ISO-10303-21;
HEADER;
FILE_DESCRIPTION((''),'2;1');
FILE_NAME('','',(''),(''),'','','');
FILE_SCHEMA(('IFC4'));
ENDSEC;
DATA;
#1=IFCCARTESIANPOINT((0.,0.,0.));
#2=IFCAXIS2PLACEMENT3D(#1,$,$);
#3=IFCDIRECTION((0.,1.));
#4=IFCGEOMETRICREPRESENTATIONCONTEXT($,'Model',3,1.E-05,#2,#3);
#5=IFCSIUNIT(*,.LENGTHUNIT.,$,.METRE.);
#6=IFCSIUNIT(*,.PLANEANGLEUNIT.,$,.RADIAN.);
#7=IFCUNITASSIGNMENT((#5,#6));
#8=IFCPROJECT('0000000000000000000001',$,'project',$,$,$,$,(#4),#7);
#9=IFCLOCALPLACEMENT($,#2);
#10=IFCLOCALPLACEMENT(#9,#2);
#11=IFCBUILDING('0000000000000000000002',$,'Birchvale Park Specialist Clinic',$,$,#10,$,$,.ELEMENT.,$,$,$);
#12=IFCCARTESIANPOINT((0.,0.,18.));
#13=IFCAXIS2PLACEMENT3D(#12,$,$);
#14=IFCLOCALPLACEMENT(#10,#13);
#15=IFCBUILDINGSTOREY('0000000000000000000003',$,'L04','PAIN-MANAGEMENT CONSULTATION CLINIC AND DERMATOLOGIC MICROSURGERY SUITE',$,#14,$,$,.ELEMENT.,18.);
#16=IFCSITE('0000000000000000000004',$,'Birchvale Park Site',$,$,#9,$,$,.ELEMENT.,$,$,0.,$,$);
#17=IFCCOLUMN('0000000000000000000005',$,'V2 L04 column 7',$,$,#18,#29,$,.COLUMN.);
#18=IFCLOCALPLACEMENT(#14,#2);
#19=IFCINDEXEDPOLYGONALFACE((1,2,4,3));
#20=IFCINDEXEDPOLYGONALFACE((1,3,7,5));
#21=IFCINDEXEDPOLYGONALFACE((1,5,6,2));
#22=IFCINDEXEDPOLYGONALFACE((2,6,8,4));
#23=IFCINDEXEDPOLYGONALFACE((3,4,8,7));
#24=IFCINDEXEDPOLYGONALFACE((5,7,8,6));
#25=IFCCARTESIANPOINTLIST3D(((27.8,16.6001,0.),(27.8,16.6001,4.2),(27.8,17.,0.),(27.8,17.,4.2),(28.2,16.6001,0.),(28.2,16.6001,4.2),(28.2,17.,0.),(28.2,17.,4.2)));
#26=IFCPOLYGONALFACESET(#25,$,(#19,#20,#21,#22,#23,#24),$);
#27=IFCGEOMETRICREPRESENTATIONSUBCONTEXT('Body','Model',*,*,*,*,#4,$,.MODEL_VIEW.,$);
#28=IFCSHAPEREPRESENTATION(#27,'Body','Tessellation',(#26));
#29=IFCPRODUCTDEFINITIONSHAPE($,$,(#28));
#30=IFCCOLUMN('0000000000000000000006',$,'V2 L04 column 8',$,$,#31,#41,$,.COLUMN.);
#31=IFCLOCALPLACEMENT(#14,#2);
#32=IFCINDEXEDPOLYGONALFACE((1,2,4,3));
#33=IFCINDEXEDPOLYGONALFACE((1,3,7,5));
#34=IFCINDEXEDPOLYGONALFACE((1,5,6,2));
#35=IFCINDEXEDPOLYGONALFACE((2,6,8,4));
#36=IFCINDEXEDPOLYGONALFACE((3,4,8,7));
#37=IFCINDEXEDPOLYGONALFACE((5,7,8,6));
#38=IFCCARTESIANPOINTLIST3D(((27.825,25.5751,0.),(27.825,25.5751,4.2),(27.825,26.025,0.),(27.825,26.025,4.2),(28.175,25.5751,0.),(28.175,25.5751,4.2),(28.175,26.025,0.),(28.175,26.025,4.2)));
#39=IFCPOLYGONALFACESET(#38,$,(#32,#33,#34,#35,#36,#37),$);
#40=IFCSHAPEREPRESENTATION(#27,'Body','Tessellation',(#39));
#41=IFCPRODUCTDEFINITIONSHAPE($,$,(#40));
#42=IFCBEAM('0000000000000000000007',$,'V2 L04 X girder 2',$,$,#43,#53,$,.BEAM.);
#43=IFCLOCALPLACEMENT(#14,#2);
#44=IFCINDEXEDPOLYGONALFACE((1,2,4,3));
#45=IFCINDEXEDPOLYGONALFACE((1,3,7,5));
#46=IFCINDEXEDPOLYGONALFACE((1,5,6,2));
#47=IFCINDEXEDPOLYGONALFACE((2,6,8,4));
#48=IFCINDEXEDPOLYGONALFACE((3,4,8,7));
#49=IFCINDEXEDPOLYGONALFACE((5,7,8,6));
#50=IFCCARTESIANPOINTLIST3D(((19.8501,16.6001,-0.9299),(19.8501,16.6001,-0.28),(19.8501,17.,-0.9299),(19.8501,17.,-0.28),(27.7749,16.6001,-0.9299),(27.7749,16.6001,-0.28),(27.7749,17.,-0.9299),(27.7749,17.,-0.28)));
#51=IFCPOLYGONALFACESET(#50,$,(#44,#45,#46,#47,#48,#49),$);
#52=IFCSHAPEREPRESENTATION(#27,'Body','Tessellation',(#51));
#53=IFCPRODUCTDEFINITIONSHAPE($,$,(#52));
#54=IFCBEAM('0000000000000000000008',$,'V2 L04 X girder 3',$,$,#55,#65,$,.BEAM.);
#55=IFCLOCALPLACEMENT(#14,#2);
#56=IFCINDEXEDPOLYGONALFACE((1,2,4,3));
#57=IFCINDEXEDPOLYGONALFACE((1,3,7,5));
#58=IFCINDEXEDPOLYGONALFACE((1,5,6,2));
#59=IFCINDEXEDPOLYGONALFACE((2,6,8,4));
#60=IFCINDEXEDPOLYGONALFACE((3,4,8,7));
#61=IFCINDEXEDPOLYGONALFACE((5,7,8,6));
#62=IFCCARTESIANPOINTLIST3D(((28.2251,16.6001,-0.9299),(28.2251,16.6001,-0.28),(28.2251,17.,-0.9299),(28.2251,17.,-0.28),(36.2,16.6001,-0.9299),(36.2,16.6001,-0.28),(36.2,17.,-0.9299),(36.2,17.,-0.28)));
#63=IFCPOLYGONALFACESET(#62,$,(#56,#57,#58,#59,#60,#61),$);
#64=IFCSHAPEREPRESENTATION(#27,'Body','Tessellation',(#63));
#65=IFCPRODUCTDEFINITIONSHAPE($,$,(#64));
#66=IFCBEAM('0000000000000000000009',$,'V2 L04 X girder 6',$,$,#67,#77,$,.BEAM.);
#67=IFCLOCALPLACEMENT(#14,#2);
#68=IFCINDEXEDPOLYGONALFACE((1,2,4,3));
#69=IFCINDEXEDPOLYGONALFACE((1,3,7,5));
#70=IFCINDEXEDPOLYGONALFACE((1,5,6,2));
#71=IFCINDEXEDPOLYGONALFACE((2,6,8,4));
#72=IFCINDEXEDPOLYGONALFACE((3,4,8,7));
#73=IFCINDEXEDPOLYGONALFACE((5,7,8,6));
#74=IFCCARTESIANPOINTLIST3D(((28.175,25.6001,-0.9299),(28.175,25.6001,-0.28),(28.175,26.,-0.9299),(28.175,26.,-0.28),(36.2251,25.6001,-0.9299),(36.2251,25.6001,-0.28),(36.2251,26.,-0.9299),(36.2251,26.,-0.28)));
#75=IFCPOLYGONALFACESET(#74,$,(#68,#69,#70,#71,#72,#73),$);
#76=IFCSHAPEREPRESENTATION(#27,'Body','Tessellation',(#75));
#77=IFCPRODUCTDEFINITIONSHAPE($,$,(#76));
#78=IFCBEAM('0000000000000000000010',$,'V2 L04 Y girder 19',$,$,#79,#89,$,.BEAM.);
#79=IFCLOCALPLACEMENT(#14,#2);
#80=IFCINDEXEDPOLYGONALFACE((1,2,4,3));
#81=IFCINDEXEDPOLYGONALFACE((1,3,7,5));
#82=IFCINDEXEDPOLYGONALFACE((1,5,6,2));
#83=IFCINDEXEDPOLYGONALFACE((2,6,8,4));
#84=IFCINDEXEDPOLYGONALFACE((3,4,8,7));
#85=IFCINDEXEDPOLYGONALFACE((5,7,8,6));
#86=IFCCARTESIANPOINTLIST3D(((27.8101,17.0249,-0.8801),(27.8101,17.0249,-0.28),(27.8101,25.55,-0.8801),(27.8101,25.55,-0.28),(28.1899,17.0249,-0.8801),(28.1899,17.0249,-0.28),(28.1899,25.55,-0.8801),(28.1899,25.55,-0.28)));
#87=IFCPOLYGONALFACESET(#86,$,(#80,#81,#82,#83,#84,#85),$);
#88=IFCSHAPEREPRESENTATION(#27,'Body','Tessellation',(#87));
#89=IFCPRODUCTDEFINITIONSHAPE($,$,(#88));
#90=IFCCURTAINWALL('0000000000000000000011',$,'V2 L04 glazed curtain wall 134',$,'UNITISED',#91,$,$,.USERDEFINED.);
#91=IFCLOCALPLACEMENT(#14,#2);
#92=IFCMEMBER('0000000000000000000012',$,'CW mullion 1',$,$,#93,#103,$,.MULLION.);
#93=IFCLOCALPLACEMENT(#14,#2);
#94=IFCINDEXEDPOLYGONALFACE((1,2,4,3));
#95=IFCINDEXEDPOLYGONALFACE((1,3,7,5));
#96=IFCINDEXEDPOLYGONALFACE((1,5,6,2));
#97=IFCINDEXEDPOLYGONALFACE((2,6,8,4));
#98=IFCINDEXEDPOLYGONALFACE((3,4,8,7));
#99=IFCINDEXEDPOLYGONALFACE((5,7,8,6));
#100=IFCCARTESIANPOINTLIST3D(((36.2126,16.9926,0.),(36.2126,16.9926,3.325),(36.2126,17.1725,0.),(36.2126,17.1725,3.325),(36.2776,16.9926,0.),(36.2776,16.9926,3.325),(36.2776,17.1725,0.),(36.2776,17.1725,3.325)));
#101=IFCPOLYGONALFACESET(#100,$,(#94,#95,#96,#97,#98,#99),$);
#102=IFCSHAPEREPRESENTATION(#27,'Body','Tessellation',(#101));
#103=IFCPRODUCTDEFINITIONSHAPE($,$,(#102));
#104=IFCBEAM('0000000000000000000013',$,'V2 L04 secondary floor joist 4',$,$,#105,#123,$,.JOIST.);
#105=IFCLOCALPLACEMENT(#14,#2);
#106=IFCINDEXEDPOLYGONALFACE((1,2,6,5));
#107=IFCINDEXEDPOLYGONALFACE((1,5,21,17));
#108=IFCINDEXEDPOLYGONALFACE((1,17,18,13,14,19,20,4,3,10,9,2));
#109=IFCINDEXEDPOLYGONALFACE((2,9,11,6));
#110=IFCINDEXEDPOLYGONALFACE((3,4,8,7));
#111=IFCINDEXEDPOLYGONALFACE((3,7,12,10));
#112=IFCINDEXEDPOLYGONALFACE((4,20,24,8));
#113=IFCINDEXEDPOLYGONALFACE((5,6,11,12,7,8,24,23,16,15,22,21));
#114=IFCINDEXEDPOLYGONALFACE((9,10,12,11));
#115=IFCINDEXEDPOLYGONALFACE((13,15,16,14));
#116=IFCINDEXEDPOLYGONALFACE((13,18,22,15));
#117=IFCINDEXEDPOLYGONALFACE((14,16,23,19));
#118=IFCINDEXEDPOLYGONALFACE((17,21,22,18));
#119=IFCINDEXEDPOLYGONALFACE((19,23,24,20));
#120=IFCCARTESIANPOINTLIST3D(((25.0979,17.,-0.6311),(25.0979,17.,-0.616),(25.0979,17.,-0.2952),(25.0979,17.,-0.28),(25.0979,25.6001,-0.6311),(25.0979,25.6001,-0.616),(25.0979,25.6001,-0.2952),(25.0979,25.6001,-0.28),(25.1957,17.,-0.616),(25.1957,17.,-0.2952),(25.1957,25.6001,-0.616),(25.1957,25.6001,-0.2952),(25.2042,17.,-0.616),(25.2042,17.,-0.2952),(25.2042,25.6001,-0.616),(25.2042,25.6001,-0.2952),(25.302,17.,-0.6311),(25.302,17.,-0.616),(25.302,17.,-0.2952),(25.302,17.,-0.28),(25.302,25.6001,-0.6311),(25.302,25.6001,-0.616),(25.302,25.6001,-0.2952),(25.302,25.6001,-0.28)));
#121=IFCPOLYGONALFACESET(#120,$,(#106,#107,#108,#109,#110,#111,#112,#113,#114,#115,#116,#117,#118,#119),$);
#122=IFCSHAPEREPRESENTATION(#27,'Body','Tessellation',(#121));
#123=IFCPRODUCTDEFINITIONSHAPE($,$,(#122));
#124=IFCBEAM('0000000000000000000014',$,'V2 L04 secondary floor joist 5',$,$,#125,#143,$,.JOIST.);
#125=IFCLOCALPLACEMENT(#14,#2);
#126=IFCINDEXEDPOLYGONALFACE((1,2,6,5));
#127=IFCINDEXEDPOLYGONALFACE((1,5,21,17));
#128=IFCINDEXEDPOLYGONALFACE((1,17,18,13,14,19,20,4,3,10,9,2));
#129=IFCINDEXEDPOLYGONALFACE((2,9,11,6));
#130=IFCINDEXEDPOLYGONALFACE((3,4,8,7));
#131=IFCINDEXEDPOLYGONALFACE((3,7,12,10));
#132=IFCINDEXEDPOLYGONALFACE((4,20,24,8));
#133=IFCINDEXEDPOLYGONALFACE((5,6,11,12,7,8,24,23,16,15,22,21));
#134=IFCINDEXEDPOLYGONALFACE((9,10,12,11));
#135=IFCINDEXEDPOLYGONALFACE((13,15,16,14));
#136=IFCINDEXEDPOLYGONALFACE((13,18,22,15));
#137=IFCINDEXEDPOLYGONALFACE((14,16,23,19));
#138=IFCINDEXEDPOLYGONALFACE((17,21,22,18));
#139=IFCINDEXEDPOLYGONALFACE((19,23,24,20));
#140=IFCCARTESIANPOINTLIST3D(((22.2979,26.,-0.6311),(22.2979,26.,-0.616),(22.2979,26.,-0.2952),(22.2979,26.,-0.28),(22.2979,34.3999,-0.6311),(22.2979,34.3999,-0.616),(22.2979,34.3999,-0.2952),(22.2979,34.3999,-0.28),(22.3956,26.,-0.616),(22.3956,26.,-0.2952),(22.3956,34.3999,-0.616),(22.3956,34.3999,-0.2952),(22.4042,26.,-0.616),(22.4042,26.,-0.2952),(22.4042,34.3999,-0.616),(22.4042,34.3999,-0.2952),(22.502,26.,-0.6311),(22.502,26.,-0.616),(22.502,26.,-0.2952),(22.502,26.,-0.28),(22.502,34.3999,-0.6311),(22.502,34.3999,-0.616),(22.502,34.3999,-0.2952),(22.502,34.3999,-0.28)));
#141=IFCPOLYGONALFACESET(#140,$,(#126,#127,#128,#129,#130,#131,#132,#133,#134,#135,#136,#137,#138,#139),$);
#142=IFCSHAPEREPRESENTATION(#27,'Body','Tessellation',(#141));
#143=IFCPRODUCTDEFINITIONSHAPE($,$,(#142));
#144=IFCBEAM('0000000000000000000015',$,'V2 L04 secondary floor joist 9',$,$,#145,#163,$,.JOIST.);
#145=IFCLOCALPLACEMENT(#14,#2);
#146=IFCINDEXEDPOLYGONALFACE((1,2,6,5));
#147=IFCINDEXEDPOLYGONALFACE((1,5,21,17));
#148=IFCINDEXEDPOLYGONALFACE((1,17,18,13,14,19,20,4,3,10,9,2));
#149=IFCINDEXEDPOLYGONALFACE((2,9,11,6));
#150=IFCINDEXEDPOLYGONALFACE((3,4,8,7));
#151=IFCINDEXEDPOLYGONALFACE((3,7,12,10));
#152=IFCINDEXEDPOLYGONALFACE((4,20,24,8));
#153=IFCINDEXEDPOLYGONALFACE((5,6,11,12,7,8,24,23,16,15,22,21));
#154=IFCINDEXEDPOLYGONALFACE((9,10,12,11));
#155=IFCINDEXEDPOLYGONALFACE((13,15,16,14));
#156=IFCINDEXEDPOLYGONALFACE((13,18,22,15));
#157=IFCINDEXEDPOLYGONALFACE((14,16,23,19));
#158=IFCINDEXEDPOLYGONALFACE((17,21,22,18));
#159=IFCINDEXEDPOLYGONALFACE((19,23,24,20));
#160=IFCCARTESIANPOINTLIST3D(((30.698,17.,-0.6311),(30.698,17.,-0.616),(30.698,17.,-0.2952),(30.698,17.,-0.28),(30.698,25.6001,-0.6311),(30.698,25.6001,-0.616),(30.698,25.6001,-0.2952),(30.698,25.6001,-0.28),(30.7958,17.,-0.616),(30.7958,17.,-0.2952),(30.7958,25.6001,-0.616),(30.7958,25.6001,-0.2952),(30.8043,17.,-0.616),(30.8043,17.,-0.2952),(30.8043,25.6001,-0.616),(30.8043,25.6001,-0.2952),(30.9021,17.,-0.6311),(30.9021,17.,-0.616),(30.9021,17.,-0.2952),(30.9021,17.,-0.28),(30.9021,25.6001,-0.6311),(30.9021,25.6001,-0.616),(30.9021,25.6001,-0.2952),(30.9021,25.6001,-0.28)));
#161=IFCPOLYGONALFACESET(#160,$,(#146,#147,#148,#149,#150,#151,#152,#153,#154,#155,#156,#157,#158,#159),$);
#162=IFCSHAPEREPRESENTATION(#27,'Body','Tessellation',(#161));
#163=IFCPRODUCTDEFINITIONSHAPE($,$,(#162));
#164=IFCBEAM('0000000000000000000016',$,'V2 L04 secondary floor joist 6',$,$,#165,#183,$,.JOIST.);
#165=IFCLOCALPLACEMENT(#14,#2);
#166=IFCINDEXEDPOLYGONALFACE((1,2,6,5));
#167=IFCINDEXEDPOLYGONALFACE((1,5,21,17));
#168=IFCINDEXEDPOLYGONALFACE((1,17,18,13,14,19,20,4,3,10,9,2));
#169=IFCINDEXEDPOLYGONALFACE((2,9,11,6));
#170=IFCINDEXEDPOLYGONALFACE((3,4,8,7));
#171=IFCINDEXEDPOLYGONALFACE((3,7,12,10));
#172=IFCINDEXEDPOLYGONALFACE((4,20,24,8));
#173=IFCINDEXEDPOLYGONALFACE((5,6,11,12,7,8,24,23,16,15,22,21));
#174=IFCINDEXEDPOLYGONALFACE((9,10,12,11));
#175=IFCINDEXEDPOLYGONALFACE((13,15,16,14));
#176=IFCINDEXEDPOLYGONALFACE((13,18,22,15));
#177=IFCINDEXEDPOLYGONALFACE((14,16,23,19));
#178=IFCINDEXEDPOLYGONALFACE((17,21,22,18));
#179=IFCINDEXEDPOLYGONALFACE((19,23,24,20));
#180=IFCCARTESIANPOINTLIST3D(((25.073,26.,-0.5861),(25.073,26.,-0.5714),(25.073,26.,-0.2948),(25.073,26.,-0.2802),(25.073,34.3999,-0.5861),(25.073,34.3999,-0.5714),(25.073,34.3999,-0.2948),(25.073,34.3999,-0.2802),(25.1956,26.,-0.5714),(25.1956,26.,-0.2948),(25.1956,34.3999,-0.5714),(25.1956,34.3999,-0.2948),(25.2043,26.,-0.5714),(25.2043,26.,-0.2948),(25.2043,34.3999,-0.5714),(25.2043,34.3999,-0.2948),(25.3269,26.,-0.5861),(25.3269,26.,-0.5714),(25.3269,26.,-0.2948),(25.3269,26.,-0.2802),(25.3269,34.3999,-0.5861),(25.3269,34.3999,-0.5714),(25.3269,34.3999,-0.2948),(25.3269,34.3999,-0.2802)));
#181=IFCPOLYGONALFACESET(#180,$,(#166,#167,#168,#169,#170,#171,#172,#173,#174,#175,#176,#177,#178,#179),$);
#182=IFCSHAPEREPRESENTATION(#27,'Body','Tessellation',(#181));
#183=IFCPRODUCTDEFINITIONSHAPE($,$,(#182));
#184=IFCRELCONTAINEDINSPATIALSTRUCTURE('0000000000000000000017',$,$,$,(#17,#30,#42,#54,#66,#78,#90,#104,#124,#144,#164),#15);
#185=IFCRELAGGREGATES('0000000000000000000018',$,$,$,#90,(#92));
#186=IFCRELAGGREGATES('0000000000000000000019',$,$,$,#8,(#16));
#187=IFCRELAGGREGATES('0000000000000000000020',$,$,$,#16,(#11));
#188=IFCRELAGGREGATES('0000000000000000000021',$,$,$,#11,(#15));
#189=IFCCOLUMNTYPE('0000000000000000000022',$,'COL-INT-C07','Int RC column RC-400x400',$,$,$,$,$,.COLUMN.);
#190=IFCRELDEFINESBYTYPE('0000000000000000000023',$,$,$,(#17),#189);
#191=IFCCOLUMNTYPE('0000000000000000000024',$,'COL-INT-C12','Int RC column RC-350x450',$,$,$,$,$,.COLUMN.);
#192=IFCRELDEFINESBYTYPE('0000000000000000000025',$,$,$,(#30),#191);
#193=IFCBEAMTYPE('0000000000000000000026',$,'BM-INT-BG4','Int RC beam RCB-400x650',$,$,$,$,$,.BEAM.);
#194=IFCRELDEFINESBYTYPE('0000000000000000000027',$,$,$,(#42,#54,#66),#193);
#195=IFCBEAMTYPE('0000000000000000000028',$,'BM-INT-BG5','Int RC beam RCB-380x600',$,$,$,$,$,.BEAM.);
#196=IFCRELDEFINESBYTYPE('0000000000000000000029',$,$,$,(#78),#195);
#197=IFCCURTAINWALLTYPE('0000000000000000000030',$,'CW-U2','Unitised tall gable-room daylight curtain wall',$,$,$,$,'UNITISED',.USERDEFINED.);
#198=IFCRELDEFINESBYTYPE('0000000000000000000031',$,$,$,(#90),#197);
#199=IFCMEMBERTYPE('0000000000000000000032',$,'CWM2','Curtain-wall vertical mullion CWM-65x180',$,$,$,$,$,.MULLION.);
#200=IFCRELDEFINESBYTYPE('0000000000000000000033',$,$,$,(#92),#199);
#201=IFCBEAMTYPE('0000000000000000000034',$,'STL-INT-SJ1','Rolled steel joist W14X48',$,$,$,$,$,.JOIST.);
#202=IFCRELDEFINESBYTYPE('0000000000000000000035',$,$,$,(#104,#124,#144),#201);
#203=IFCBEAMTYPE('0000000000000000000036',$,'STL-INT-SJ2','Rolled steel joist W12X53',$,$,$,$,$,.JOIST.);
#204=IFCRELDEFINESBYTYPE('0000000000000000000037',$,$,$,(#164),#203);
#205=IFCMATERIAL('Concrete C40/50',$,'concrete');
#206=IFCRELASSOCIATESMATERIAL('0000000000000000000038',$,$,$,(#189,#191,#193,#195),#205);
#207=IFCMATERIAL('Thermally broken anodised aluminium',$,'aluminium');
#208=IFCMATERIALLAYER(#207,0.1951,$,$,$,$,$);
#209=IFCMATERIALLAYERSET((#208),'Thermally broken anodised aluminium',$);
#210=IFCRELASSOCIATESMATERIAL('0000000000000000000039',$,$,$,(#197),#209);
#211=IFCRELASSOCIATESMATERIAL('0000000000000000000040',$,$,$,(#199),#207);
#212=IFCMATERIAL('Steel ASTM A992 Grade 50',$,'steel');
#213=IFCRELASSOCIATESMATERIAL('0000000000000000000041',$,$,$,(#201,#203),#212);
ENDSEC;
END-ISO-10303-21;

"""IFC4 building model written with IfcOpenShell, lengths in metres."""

from ifc_helpers import new_model, si_unit, direction, frame, origin, origin_2d, place, context, subcontext, project, spatial, rectangle, i_section, extrude, material, layer, layer_set, material_profile, profile_set, type_object, element, aggregate, save


model = new_model("IFC4")

# Units and contexts
model_context = context("Model", 3, precision=1e-05, world=origin(), true_north=direction((0.0, 1.0)))
body_context = subcontext(model_context, "Body", "Model", "MODEL_VIEW")
ifc_project = project(units=[si_unit("LENGTHUNIT", "METRE"), si_unit("PLANEANGLEUNIT", "RADIAN")], contexts=[model_context])

# Site, building, storey
site_placement = place(None, origin())
site = spatial("IfcSite", under=ifc_project, at=site_placement, Name="Birchvale Park Site", CompositionType="ELEMENT", RefElevation=0.0)
building_placement = place(site_placement, origin())
building = spatial("IfcBuilding", under=site, at=building_placement, Name="Birchvale Park Specialist Clinic", CompositionType="ELEMENT")
storey_placement = place(building_placement, frame((0.0, 0.0, 18.0)))
storey = spatial("IfcBuildingStorey", under=building, at=storey_placement, Name="L04", Description="PAIN-MANAGEMENT CONSULTATION CLINIC AND DERMATOLOGIC MICROSURGERY SUITE", CompositionType="ELEMENT", Elevation=18.0)

# Columns
ifc_material_1 = material(Name="Concrete C40/50", Category="concrete")
ifc_material_profile_1 = material_profile(ifc_material_1, rectangle(XDim=0.3999, YDim=0.3999, at=origin_2d()), Name="RC-400x400")
ifc_profile_set_1 = profile_set([ifc_material_profile_1], Name="Concrete C40/50")
column_type_1 = type_object("IfcColumnType", Name="COL-INT-C07", Description="Int RC column RC-400x400", PredefinedType="COLUMN", material=ifc_profile_set_1)
column_1_placement = place(storey_placement, frame((28.0, 16.8, 0.0), z_axis=(0.0, 0.0, 1.0), x_axis=(1.0, 0.0, 0.0)))
element("IfcColumn", 1, at=column_1_placement, inside=storey, type_object=column_type_1, Name="V2 L04 column 7", PredefinedType="COLUMN", context=body_context, shape_type="SweptSolid", body=[
    extrude(rectangle(XDim=0.3999, YDim=0.3999, at=origin_2d()), origin(), (0.0, 0.0, 1.0), 4.2),
])
ifc_material_profile_2 = material_profile(ifc_material_1, rectangle(XDim=0.3501, YDim=0.45, at=origin_2d()), Name="RC-350x450")
ifc_profile_set_2 = profile_set([ifc_material_profile_2], Name="Concrete C40/50")
column_type_2 = type_object("IfcColumnType", Name="COL-INT-C12", Description="Int RC column RC-350x450", PredefinedType="COLUMN", material=ifc_profile_set_2)
column_2_placement = place(storey_placement, frame((28.0, 25.8, 0.0), z_axis=(0.0, 0.0, 1.0), x_axis=(1.0, 0.0, 0.0)))
element("IfcColumn", 2, at=column_2_placement, inside=storey, type_object=column_type_2, Name="V2 L04 column 8", PredefinedType="COLUMN", context=body_context, shape_type="SweptSolid", body=[
    extrude(rectangle(XDim=0.3501, YDim=0.45, at=origin_2d()), origin(), (0.0, 0.0, 1.0), 4.2),
])

# Beams
ifc_material_profile_3 = material_profile(ifc_material_1, rectangle(XDim=0.3999, YDim=0.6499, at=origin_2d()), Name="RCB-400x650")
ifc_profile_set_3 = profile_set([ifc_material_profile_3], Name="Concrete C40/50")
beam_type_1 = type_object("IfcBeamType", Name="BM-INT-BG4", Description="Int RC beam RCB-400x650", PredefinedType="BEAM", material=ifc_profile_set_3)
beam_1_placement = place(storey_placement, frame((19.8501, 16.8, -0.605), z_axis=(1.0, 0.0, 0.0), x_axis=(0.0, 1.0, 0.0)))
element("IfcBeam", 3, at=beam_1_placement, inside=storey, type_object=beam_type_1, Name="V2 L04 X girder 2", PredefinedType="BEAM", context=body_context, shape_type="SweptSolid", body=[
    extrude(rectangle(XDim=0.3999, YDim=0.6499, at=origin_2d()), origin(), (0.0, 0.0, 1.0), 7.9248),
])
beam_2_placement = place(storey_placement, frame((28.2251, 16.8, -0.605), z_axis=(1.0, 0.0, 0.0), x_axis=(0.0, 1.0, 0.0)))
element("IfcBeam", 4, at=beam_2_placement, inside=storey, type_object=beam_type_1, Name="V2 L04 X girder 3", PredefinedType="BEAM", context=body_context, shape_type="SweptSolid", body=[
    extrude(rectangle(XDim=0.3999, YDim=0.6499, at=origin_2d()), origin(), (0.0, 0.0, 1.0), 7.9749),
])
beam_3_placement = place(storey_placement, frame((28.175, 25.8, -0.605), z_axis=(1.0, 0.0, 0.0), x_axis=(0.0, 1.0, 0.0)))
element("IfcBeam", 5, at=beam_3_placement, inside=storey, type_object=beam_type_1, Name="V2 L04 X girder 6", PredefinedType="BEAM", context=body_context, shape_type="SweptSolid", body=[
    extrude(rectangle(XDim=0.3999, YDim=0.6499, at=origin_2d()), origin(), (0.0, 0.0, 1.0), 8.05),
])
ifc_material_profile_4 = material_profile(ifc_material_1, rectangle(XDim=0.3799, YDim=0.6001, at=origin_2d()), Name="RCB-380x600")
ifc_profile_set_4 = profile_set([ifc_material_profile_4], Name="Concrete C40/50")
beam_type_2 = type_object("IfcBeamType", Name="BM-INT-BG5", Description="Int RC beam RCB-380x600", PredefinedType="BEAM", material=ifc_profile_set_4)
beam_4_placement = place(storey_placement, frame((28.0, 17.0249, -0.5801), z_axis=(0.0, 1.0, 0.0), x_axis=(-1.0, 0.0, 0.0)))
element("IfcBeam", 6, at=beam_4_placement, inside=storey, type_object=beam_type_2, Name="V2 L04 Y girder 19", PredefinedType="BEAM", context=body_context, shape_type="SweptSolid", body=[
    extrude(rectangle(XDim=0.3799, YDim=0.6001, at=origin_2d()), origin(), (0.0, 0.0, 1.0), 8.5251),
])

# Curtain wall, member
ifc_material_2 = material(Name="Thermally broken anodised aluminium", Category="aluminium")
ifc_layer_1 = layer(ifc_material_2, 0.1951)
ifc_layer_set_1 = layer_set([ifc_layer_1], Name="Thermally broken anodised aluminium")
curtain_wall_type = type_object("IfcCurtainWallType", Name="CW-U2", Description="Unitised tall gable-room daylight curtain wall", ElementType="UNITISED", PredefinedType="USERDEFINED", material=ifc_layer_set_1)
curtain_wall_placement = place(storey_placement, origin())
curtain_wall = element("IfcCurtainWall", 7, at=curtain_wall_placement, inside=storey, type_object=curtain_wall_type, Name="V2 L04 glazed curtain wall 134", ObjectType="UNITISED", PredefinedType="USERDEFINED")
ifc_material_profile_5 = material_profile(ifc_material_2, rectangle(XDim=0.0649, YDim=0.1799, at=origin_2d()), Name="CWM-65x180")
ifc_profile_set_5 = profile_set([ifc_material_profile_5], Name="Thermally broken anodised aluminium")
member_type = type_object("IfcMemberType", Name="CWM2", Description="Curtain-wall vertical mullion CWM-65x180", PredefinedType="MULLION", material=ifc_profile_set_5)
member_placement = place(storey_placement, frame((36.2451, 17.0825, 0.0), z_axis=(0.0, 0.0, 1.0), x_axis=(-1.0, 0.0, 0.0)))
member = element("IfcMember", 8, at=member_placement, type_object=member_type, Name="CW mullion 1", PredefinedType="MULLION", context=body_context, shape_type="SweptSolid", body=[
    extrude(rectangle(XDim=0.0649, YDim=0.1799, at=origin_2d()), origin(), (0.0, 0.0, 1.0), 3.325),
])
aggregate(curtain_wall, [member])

# Beams
ifc_material_3 = material(Name="Steel ASTM A992 Grade 50", Category="steel")
ifc_material_profile_6 = material_profile(ifc_material_3, i_section(OverallWidth=0.2041, OverallDepth=0.3511, WebThickness=0.0085, FlangeThickness=0.0151, at=origin_2d()), Name="W14X48")
ifc_profile_set_6 = profile_set([ifc_material_profile_6], Name="Steel ASTM A992 Grade 50")
beam_type_3 = type_object("IfcBeamType", Name="STL-INT-SJ1", Description="Rolled steel joist W14X48", PredefinedType="JOIST", material=ifc_profile_set_6)
beam_5_placement = place(storey_placement, frame((25.2, 17.0, -0.4556), z_axis=(0.0, 1.0, 0.0), x_axis=(-1.0, 0.0, 0.0)))
element("IfcBeam", 9, at=beam_5_placement, inside=storey, type_object=beam_type_3, Name="V2 L04 secondary floor joist 4", PredefinedType="JOIST", context=body_context, shape_type="SweptSolid", body=[
    extrude(i_section(OverallWidth=0.2041, OverallDepth=0.3511, WebThickness=0.0085, FlangeThickness=0.0151, at=origin_2d()), origin(), (0.0, 0.0, 1.0), 8.6001),
])
beam_6_placement = place(storey_placement, frame((22.3999, 26.0, -0.4556), z_axis=(0.0, 1.0, 0.0), x_axis=(-1.0, 0.0, 0.0)))
element("IfcBeam", 10, at=beam_6_placement, inside=storey, type_object=beam_type_3, Name="V2 L04 secondary floor joist 5", PredefinedType="JOIST", context=body_context, shape_type="SweptSolid", body=[
    extrude(i_section(OverallWidth=0.2041, OverallDepth=0.3511, WebThickness=0.0085, FlangeThickness=0.0151, at=origin_2d()), origin(), (0.0, 0.0, 1.0), 8.3999),
])
beam_7_placement = place(storey_placement, frame((30.8, 17.0, -0.4556), z_axis=(0.0, 1.0, 0.0), x_axis=(-1.0, 0.0, 0.0)))
element("IfcBeam", 11, at=beam_7_placement, inside=storey, type_object=beam_type_3, Name="V2 L04 secondary floor joist 9", PredefinedType="JOIST", context=body_context, shape_type="SweptSolid", body=[
    extrude(i_section(OverallWidth=0.2041, OverallDepth=0.3511, WebThickness=0.0085, FlangeThickness=0.0151, at=origin_2d()), origin(), (0.0, 0.0, 1.0), 8.6001),
])
ifc_material_profile_7 = material_profile(ifc_material_3, i_section(OverallWidth=0.2539, OverallDepth=0.3059, WebThickness=0.0088, FlangeThickness=0.0146, at=origin_2d()), Name="W12X53")
ifc_profile_set_7 = profile_set([ifc_material_profile_7], Name="Steel ASTM A992 Grade 50")
beam_type_4 = type_object("IfcBeamType", Name="STL-INT-SJ2", Description="Rolled steel joist W12X53", PredefinedType="JOIST", material=ifc_profile_set_7)
beam_8_placement = place(storey_placement, frame((25.2, 26.0, -0.4331), z_axis=(0.0, 1.0, 0.0), x_axis=(-1.0, 0.0, 0.0)))
element("IfcBeam", 12, at=beam_8_placement, inside=storey, type_object=beam_type_4, Name="V2 L04 secondary floor joist 6", PredefinedType="JOIST", context=body_context, shape_type="SweptSolid", body=[
    extrude(i_section(OverallWidth=0.2539, OverallDepth=0.3059, WebThickness=0.0088, FlangeThickness=0.0146, at=origin_2d()), origin(), (0.0, 0.0, 1.0), 8.3999),
])

save(model, "model.ifc")
